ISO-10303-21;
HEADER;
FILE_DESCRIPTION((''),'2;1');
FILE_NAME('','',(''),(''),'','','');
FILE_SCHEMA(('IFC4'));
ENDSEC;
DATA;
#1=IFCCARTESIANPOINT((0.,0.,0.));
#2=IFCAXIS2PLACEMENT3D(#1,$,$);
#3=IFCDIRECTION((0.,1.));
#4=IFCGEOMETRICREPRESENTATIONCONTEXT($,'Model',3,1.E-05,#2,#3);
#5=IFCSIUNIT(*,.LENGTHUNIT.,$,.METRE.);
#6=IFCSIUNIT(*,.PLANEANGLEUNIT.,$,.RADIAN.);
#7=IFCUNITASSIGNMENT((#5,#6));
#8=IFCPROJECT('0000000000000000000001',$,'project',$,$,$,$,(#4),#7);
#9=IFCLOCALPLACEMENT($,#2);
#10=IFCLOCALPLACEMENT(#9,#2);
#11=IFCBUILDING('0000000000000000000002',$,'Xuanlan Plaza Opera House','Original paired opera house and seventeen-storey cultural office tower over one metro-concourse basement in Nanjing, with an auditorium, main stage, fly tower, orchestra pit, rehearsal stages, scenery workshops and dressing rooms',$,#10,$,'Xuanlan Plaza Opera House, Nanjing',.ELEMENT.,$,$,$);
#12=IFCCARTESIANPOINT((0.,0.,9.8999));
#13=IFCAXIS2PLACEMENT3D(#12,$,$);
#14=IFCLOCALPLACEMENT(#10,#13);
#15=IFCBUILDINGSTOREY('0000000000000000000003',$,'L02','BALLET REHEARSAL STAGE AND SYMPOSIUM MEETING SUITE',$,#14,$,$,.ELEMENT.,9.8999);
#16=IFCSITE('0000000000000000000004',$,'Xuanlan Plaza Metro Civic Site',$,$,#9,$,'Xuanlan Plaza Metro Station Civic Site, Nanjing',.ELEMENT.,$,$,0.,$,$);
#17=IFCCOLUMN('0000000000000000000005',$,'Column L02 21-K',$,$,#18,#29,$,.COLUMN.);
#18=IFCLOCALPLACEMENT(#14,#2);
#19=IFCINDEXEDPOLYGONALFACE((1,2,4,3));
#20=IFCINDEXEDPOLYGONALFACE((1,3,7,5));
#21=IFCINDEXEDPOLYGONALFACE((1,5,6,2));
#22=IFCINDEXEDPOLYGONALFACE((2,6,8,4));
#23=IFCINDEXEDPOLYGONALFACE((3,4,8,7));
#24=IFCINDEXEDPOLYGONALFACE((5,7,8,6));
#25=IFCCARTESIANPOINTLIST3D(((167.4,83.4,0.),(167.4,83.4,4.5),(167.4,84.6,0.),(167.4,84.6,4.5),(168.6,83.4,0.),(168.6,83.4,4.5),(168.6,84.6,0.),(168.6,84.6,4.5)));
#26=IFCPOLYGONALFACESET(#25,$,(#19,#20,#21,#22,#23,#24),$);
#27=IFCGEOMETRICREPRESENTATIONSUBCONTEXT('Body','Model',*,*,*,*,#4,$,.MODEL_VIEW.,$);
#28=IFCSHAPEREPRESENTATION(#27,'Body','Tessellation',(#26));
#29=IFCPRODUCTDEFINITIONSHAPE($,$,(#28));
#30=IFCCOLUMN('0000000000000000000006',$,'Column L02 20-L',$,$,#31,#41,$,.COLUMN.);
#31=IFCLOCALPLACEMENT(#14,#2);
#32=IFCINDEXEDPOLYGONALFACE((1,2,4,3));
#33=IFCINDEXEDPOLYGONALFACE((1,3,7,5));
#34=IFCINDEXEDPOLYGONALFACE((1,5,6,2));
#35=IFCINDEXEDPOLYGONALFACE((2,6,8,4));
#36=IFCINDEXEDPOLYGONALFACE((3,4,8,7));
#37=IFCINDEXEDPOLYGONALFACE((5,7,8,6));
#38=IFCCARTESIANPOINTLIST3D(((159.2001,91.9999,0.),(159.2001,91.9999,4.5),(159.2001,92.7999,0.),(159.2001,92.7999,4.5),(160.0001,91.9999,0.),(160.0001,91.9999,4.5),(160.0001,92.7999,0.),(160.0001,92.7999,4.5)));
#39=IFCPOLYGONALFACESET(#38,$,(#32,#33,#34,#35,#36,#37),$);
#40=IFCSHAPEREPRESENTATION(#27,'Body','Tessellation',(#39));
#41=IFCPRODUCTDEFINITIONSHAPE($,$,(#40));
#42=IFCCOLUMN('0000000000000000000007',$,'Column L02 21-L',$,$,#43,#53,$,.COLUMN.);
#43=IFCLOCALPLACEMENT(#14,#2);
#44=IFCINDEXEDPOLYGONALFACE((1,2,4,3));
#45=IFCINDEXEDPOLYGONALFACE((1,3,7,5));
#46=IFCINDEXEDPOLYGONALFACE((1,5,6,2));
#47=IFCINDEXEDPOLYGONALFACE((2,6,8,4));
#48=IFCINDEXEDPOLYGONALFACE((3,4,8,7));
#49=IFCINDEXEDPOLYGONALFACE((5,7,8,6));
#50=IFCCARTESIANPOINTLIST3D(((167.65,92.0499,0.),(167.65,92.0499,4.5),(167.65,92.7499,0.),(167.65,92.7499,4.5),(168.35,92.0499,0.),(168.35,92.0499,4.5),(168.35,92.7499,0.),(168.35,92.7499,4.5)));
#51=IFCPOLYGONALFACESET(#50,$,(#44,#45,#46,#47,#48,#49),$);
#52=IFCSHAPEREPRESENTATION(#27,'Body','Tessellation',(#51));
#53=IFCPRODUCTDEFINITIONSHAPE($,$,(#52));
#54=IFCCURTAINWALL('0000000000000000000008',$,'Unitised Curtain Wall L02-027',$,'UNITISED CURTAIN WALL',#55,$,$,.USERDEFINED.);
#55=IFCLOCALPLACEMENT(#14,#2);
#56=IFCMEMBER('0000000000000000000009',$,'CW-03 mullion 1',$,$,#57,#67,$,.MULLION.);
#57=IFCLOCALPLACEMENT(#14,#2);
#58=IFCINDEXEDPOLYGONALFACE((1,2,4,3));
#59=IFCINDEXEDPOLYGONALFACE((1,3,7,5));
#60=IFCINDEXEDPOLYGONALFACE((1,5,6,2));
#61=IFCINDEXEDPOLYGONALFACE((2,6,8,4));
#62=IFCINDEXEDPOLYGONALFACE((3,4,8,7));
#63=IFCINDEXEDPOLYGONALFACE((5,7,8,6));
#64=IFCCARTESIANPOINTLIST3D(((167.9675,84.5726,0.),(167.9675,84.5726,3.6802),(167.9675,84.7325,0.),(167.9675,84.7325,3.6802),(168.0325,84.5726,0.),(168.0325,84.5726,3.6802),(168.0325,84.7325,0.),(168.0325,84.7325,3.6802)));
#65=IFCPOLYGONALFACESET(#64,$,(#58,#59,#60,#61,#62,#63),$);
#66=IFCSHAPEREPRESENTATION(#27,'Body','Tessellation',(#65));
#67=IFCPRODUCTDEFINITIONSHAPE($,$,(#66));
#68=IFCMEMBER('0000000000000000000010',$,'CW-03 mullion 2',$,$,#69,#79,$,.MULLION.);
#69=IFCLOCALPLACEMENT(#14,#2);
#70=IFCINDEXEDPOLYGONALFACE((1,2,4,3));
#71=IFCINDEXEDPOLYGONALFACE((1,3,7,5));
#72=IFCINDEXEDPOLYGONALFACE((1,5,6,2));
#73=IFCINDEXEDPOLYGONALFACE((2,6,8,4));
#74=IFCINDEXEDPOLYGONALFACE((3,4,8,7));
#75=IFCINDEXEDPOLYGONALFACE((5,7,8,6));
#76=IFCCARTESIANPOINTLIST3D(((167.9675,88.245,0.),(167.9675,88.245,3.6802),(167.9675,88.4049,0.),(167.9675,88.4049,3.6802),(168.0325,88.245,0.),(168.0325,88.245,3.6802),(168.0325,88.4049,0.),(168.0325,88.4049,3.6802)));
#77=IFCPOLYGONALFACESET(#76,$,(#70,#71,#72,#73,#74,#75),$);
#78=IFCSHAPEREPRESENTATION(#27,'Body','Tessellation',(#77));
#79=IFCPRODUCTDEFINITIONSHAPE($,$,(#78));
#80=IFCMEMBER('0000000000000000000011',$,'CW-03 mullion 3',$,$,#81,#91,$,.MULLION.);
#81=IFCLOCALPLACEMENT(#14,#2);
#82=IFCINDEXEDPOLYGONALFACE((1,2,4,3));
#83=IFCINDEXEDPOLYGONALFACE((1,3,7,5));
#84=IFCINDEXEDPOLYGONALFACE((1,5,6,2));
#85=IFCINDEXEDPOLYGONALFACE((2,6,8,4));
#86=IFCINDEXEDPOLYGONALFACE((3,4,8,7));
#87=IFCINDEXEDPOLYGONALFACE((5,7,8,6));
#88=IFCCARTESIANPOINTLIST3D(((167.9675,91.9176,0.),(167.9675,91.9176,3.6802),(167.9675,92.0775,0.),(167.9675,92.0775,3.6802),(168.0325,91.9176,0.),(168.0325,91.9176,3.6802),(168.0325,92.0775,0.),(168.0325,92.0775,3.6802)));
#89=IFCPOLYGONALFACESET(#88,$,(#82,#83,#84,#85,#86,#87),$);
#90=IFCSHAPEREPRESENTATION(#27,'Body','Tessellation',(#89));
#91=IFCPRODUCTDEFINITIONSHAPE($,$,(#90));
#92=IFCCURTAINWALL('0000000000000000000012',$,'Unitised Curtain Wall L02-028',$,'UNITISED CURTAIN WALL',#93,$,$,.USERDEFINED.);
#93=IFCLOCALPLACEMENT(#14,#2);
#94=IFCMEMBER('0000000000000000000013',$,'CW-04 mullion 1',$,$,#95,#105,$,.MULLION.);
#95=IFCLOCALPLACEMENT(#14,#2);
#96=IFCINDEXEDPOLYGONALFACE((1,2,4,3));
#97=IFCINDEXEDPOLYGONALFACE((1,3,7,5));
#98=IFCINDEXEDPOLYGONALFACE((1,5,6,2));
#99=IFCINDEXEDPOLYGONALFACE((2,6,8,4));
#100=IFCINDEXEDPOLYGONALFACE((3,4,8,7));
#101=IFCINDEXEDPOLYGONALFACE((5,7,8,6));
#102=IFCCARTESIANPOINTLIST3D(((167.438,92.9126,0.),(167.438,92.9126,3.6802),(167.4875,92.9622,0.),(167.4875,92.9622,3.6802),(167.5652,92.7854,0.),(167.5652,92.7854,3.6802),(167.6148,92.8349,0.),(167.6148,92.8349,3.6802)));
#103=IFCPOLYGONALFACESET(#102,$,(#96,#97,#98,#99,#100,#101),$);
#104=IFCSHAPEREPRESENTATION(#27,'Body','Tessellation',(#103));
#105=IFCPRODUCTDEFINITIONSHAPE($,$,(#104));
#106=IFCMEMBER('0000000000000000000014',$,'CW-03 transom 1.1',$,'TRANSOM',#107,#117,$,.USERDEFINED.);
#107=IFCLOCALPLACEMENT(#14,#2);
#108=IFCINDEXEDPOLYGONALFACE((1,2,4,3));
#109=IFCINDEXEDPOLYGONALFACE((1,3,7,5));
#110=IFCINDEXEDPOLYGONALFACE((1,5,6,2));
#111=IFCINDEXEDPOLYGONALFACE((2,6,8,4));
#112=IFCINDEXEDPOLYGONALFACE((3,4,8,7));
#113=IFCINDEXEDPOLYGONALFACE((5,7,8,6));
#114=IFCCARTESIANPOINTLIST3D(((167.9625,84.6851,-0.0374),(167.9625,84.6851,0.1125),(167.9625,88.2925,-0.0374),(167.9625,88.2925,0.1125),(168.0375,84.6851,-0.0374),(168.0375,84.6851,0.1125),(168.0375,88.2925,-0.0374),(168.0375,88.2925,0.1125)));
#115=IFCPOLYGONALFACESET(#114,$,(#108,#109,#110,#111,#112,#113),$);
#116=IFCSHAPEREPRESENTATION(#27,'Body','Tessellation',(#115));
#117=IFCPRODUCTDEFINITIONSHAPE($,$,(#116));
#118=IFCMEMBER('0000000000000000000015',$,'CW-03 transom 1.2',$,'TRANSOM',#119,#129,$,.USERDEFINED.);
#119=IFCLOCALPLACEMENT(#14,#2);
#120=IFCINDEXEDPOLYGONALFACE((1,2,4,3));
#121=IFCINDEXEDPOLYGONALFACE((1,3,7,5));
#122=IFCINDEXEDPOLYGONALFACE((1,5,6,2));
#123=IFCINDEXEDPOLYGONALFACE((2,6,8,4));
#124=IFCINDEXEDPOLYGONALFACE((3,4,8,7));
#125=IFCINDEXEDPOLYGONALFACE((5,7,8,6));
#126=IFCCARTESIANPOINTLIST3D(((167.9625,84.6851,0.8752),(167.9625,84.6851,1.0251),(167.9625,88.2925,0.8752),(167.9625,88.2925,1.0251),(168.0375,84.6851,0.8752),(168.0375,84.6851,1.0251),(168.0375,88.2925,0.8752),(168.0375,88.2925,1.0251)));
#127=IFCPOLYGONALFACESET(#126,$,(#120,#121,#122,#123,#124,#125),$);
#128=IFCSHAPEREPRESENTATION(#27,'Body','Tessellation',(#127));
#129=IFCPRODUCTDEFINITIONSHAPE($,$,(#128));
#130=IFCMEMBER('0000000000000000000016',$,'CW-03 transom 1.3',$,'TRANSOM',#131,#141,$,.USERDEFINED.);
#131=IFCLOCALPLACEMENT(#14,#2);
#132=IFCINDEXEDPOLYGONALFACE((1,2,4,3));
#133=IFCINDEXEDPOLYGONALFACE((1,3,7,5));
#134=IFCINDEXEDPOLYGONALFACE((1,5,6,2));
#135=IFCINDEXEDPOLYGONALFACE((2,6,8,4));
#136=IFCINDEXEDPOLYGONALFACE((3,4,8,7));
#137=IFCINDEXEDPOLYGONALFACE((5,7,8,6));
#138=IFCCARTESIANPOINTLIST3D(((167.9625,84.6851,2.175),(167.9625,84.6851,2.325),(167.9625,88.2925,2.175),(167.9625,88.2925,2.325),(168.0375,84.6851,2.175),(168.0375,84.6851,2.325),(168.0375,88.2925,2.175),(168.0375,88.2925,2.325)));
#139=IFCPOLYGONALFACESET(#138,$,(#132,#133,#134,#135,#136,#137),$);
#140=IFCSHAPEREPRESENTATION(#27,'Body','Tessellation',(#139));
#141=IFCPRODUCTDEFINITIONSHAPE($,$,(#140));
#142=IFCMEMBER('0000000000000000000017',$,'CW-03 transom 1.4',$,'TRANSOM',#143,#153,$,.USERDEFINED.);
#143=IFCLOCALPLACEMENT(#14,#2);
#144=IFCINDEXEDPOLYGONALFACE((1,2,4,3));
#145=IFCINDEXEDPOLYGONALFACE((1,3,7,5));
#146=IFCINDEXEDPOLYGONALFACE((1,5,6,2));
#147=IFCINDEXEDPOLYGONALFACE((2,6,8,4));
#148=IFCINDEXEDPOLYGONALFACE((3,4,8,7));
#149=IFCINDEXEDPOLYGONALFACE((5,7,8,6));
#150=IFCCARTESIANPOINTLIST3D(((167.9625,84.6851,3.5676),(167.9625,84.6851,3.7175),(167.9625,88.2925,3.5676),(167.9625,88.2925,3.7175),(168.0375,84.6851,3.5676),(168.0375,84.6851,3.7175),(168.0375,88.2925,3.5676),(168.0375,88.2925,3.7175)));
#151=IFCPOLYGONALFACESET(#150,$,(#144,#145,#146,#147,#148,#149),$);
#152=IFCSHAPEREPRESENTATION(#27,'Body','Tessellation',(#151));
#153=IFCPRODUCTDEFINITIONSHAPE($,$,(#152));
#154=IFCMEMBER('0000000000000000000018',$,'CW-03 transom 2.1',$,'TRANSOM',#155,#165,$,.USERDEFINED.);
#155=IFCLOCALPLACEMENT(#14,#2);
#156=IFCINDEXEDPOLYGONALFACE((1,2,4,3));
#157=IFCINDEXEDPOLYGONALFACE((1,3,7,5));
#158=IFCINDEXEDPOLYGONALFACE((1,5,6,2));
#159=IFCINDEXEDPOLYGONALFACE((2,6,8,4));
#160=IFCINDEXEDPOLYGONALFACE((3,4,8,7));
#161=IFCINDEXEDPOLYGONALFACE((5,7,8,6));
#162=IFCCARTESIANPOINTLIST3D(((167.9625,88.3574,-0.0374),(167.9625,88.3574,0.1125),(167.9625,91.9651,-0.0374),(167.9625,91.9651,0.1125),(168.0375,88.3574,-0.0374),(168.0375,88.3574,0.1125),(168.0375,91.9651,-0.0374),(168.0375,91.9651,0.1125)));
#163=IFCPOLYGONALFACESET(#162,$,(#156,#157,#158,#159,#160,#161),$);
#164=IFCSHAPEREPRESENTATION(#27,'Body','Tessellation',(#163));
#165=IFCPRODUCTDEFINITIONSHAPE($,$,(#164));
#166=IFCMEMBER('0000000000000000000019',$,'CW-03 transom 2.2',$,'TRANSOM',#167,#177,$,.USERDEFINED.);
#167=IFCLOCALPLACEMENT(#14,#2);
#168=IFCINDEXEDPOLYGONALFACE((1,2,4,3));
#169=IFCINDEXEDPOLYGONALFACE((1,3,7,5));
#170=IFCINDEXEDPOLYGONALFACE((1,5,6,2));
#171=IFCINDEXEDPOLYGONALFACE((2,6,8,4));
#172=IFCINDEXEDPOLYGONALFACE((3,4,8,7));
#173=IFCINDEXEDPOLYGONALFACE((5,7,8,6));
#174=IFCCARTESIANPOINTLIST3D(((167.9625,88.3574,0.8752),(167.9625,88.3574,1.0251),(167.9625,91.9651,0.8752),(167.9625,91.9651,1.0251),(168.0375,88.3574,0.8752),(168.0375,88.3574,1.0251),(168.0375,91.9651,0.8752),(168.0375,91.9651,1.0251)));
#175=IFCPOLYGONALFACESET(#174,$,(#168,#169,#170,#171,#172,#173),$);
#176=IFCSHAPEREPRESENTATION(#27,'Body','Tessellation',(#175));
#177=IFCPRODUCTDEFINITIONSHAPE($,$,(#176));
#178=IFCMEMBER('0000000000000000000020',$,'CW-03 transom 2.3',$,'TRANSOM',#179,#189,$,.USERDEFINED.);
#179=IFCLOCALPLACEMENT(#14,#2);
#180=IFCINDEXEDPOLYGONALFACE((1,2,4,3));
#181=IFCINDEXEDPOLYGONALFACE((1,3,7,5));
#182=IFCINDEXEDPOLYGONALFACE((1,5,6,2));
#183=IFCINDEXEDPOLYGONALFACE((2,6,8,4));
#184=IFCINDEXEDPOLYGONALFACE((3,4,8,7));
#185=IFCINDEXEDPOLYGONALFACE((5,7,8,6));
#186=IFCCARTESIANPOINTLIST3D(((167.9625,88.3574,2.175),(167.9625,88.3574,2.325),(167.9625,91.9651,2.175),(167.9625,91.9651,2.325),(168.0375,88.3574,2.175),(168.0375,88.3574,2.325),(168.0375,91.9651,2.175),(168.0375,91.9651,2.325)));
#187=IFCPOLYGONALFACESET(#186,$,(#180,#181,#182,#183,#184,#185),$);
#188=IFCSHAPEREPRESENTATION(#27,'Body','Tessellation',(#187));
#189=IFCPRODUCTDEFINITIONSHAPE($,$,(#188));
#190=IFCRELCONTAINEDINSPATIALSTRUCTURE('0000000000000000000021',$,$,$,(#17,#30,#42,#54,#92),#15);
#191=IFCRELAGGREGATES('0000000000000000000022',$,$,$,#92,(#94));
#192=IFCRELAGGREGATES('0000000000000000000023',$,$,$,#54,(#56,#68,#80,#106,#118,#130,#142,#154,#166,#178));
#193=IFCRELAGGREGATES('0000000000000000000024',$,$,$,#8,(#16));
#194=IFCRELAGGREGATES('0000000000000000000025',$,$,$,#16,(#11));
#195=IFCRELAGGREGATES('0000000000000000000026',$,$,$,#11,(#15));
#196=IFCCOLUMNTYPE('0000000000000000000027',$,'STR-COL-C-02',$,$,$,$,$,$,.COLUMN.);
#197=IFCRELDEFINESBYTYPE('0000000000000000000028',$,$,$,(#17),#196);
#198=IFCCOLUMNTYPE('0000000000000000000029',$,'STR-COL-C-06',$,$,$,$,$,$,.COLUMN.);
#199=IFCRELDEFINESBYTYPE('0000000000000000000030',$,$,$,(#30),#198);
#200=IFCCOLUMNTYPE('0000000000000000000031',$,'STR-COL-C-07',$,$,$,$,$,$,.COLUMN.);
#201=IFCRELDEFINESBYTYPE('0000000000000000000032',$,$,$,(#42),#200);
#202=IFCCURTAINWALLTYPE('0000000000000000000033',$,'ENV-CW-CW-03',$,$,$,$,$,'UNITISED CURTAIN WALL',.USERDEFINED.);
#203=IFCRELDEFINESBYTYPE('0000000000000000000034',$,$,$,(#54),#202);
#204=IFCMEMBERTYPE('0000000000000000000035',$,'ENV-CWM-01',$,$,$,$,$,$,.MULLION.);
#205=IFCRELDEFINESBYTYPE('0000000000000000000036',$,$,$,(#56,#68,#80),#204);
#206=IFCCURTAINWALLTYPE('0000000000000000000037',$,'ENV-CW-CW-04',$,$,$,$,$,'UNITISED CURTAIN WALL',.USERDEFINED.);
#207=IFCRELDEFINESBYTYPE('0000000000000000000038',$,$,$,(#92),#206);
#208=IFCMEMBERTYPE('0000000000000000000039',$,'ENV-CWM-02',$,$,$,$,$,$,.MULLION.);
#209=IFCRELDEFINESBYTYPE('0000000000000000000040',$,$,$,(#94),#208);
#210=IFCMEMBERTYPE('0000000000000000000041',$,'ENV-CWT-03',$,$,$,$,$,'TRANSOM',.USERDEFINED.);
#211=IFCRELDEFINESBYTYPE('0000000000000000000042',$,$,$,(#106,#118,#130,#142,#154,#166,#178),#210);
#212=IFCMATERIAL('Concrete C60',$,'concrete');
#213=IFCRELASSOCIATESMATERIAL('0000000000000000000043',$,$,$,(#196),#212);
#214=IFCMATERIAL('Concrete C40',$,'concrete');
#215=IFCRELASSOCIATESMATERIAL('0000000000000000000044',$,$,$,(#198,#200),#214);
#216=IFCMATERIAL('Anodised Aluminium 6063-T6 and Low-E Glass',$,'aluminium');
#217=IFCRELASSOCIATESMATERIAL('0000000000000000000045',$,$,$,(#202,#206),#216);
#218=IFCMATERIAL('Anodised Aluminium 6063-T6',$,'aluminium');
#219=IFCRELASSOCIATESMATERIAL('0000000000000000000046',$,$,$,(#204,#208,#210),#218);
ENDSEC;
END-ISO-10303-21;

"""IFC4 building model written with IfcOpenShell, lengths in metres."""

from ifc_helpers import new_model, si_unit, direction, frame, origin, origin_2d, place, context, subcontext, project, spatial, rectangle, extrude, material, material_profile, profile_set, type_object, element, aggregate, save


model = new_model("IFC4")

# Units and contexts
model_context = context("Model", 3, precision=1e-05, world=origin(), true_north=direction((0.0, 1.0)))
body_context = subcontext(model_context, "Body", "Model", "MODEL_VIEW")
ifc_project = project(units=[si_unit("LENGTHUNIT", "METRE"), si_unit("PLANEANGLEUNIT", "RADIAN")], contexts=[model_context])

# Site, building, storey
site_placement = place(None, origin())
site = spatial("IfcSite", under=ifc_project, at=site_placement, Name="Xuanlan Plaza Metro Civic Site", LongName="Xuanlan Plaza Metro Station Civic Site, Nanjing", CompositionType="ELEMENT", RefElevation=0.0)
building_placement = place(site_placement, origin())
building = spatial("IfcBuilding", under=site, at=building_placement, Name="Xuanlan Plaza Opera House", Description="Original paired opera house and seventeen-storey cultural office tower over one metro-concourse basement in Nanjing, with an auditorium, main stage, fly tower, orchestra pit, rehearsal stages, scenery workshops and dressing rooms", LongName="Xuanlan Plaza Opera House, Nanjing", CompositionType="ELEMENT")
storey_placement = place(building_placement, frame((0.0, 0.0, 9.8999)))
storey = spatial("IfcBuildingStorey", under=building, at=storey_placement, Name="L02", Description="BALLET REHEARSAL STAGE AND SYMPOSIUM MEETING SUITE", CompositionType="ELEMENT", Elevation=9.8999)

# Columns
ifc_material_1 = material(Name="Concrete C60", Category="concrete")
ifc_material_profile_1 = material_profile(ifc_material_1, rectangle(XDim=1.2, YDim=1.2, at=origin_2d()), Name="RC-COL 1200x1200")
ifc_profile_set_1 = profile_set([ifc_material_profile_1], Name="Concrete C60")
column_type_1 = type_object("IfcColumnType", Name="STR-COL-C-02", PredefinedType="COLUMN", material=ifc_profile_set_1)
column_1_placement = place(storey_placement, frame((168.0, 84.0, 0.0), z_axis=(0.0, 0.0, 1.0), x_axis=(1.0, 0.0, 0.0)))
element("IfcColumn", 1, at=column_1_placement, inside=storey, type_object=column_type_1, Name="Column L02 21-K", PredefinedType="COLUMN", context=body_context, shape_type="SweptSolid", body=[
    extrude(rectangle(XDim=1.2, YDim=1.2, at=origin_2d()), origin(), (0.0, 0.0, 1.0), 4.5),
])
ifc_material_2 = material(Name="Concrete C40", Category="concrete")
ifc_material_profile_2 = material_profile(ifc_material_2, rectangle(XDim=0.8, YDim=0.8, at=origin_2d()), Name="RC-COL 800x800")
ifc_profile_set_2 = profile_set([ifc_material_profile_2], Name="Concrete C40")
column_type_2 = type_object("IfcColumnType", Name="STR-COL-C-06", PredefinedType="COLUMN", material=ifc_profile_set_2)
column_2_placement = place(storey_placement, frame((159.6001, 92.3999, 0.0), z_axis=(0.0, 0.0, 1.0), x_axis=(1.0, 0.0, 0.0)))
element("IfcColumn", 2, at=column_2_placement, inside=storey, type_object=column_type_2, Name="Column L02 20-L", PredefinedType="COLUMN", context=body_context, shape_type="SweptSolid", body=[
    extrude(rectangle(XDim=0.8, YDim=0.8, at=origin_2d()), origin(), (0.0, 0.0, 1.0), 4.5),
])
ifc_material_profile_3 = material_profile(ifc_material_2, rectangle(XDim=0.7, YDim=0.7, at=origin_2d()), Name="RC-COL 700x700")
ifc_profile_set_3 = profile_set([ifc_material_profile_3], Name="Concrete C40")
column_type_3 = type_object("IfcColumnType", Name="STR-COL-C-07", PredefinedType="COLUMN", material=ifc_profile_set_3)
column_3_placement = place(storey_placement, frame((168.0, 92.3999, 0.0), z_axis=(0.0, 0.0, 1.0), x_axis=(1.0, 0.0, 0.0)))
element("IfcColumn", 3, at=column_3_placement, inside=storey, type_object=column_type_3, Name="Column L02 21-L", PredefinedType="COLUMN", context=body_context, shape_type="SweptSolid", body=[
    extrude(rectangle(XDim=0.7, YDim=0.7, at=origin_2d()), origin(), (0.0, 0.0, 1.0), 4.5),
])

# Curtain wall, members
ifc_material_3 = material(Name="Anodised Aluminium 6063-T6 and Low-E Glass", Category="aluminium")
curtain_wall_type_1 = type_object("IfcCurtainWallType", Name="ENV-CW-CW-03", ElementType="UNITISED CURTAIN WALL", PredefinedType="USERDEFINED", material=ifc_material_3)
curtain_wall_1_placement = place(storey_placement, origin())
curtain_wall_1 = element("IfcCurtainWall", 4, at=curtain_wall_1_placement, inside=storey, type_object=curtain_wall_type_1, Name="Unitised Curtain Wall L02-027", ObjectType="UNITISED CURTAIN WALL", PredefinedType="USERDEFINED")
ifc_material_4 = material(Name="Anodised Aluminium 6063-T6", Category="aluminium")
ifc_material_profile_4 = material_profile(ifc_material_4, rectangle(XDim=0.0649, YDim=0.1599, at=origin_2d()), Name="ALU-M 65x160")
ifc_profile_set_4 = profile_set([ifc_material_profile_4], Name="Anodised Aluminium 6063-T6")
member_type_1 = type_object("IfcMemberType", Name="ENV-CWM-01", PredefinedType="MULLION", material=ifc_profile_set_4)
member_1_placement = place(storey_placement, frame((168.0, 84.6526, 0.0), z_axis=(0.0, 0.0, 1.0), x_axis=(-1.0, 0.0, 0.0)))
member_1 = element("IfcMember", 5, at=member_1_placement, type_object=member_type_1, Name="CW-03 mullion 1", PredefinedType="MULLION", context=body_context, shape_type="SweptSolid", body=[
    extrude(rectangle(XDim=0.0649, YDim=0.1599, at=origin_2d()), origin(), (0.0, 0.0, 1.0), 3.6802),
])
member_2_placement = place(storey_placement, frame((168.0, 88.325, 0.0), z_axis=(0.0, 0.0, 1.0), x_axis=(-1.0, 0.0, 0.0)))
member_2 = element("IfcMember", 6, at=member_2_placement, type_object=member_type_1, Name="CW-03 mullion 2", PredefinedType="MULLION", context=body_context, shape_type="SweptSolid", body=[
    extrude(rectangle(XDim=0.0649, YDim=0.1599, at=origin_2d()), origin(), (0.0, 0.0, 1.0), 3.6802),
])
member_3_placement = place(storey_placement, frame((168.0, 91.9976, 0.0), z_axis=(0.0, 0.0, 1.0), x_axis=(-1.0, 0.0, 0.0)))
member_3 = element("IfcMember", 7, at=member_3_placement, type_object=member_type_1, Name="CW-03 mullion 3", PredefinedType="MULLION", context=body_context, shape_type="SweptSolid", body=[
    extrude(rectangle(XDim=0.0649, YDim=0.1599, at=origin_2d()), origin(), (0.0, 0.0, 1.0), 3.6802),
])

# Curtain wall, member
curtain_wall_type_2 = type_object("IfcCurtainWallType", Name="ENV-CW-CW-04", ElementType="UNITISED CURTAIN WALL", PredefinedType="USERDEFINED", material=ifc_material_3)
curtain_wall_2_placement = place(storey_placement, origin())
curtain_wall_2 = element("IfcCurtainWall", 8, at=curtain_wall_2_placement, inside=storey, type_object=curtain_wall_type_2, Name="Unitised Curtain Wall L02-028", ObjectType="UNITISED CURTAIN WALL", PredefinedType="USERDEFINED")
ifc_material_profile_5 = material_profile(ifc_material_4, rectangle(XDim=0.0701, YDim=0.1799, at=origin_2d()), Name="ALU-M 70x180")
ifc_profile_set_5 = profile_set([ifc_material_profile_5], Name="Anodised Aluminium 6063-T6")
member_type_2 = type_object("IfcMemberType", Name="ENV-CWM-02", PredefinedType="MULLION", material=ifc_profile_set_5)
member_4_placement = place(storey_placement, frame((167.5264, 92.8738, 0.0), z_axis=(0.0, 0.0, 1.0), x_axis=(-0.707107, -0.707107, 0.0)))
member_4 = element("IfcMember", 9, at=member_4_placement, type_object=member_type_2, Name="CW-04 mullion 1", PredefinedType="MULLION", context=body_context, shape_type="SweptSolid", body=[
    extrude(rectangle(XDim=0.0701, YDim=0.1799, at=origin_2d()), origin(), (0.0, 0.0, 1.0), 3.6802),
])

# Members
ifc_material_profile_6 = material_profile(ifc_material_4, rectangle(XDim=0.075, YDim=0.1499, at=origin_2d()), Name="ALU-T 75x150")
ifc_profile_set_6 = profile_set([ifc_material_profile_6], Name="Anodised Aluminium 6063-T6")
member_type_3 = type_object("IfcMemberType", Name="ENV-CWT-03", ElementType="TRANSOM", PredefinedType="USERDEFINED", material=ifc_profile_set_6)
member_5_placement = place(storey_placement, frame((168.0, 84.6851, 0.0376), z_axis=(0.0, 1.0, 0.0), x_axis=(-1.0, 0.0, 0.0)))
member_5 = element("IfcMember", 10, at=member_5_placement, type_object=member_type_3, Name="CW-03 transom 1.1", ObjectType="TRANSOM", PredefinedType="USERDEFINED", context=body_context, shape_type="SweptSolid", body=[
    extrude(rectangle(XDim=0.075, YDim=0.1499, at=origin_2d()), origin(), (0.0, 0.0, 1.0), 3.6074),
])
member_6_placement = place(storey_placement, frame((168.0, 84.6851, 0.9502), z_axis=(0.0, 1.0, 0.0), x_axis=(-1.0, 0.0, 0.0)))
member_6 = element("IfcMember", 11, at=member_6_placement, type_object=member_type_3, Name="CW-03 transom 1.2", ObjectType="TRANSOM", PredefinedType="USERDEFINED", context=body_context, shape_type="SweptSolid", body=[
    extrude(rectangle(XDim=0.075, YDim=0.1499, at=origin_2d()), origin(), (0.0, 0.0, 1.0), 3.6074),
])
member_7_placement = place(storey_placement, frame((168.0, 84.6851, 2.25), z_axis=(0.0, 1.0, 0.0), x_axis=(-1.0, 0.0, 0.0)))
member_7 = element("IfcMember", 12, at=member_7_placement, type_object=member_type_3, Name="CW-03 transom 1.3", ObjectType="TRANSOM", PredefinedType="USERDEFINED", context=body_context, shape_type="SweptSolid", body=[
    extrude(rectangle(XDim=0.075, YDim=0.1499, at=origin_2d()), origin(), (0.0, 0.0, 1.0), 3.6074),
])
member_8_placement = place(storey_placement, frame((168.0, 84.6851, 3.6426), z_axis=(0.0, 1.0, 0.0), x_axis=(-1.0, 0.0, 0.0)))
member_8 = element("IfcMember", 13, at=member_8_placement, type_object=member_type_3, Name="CW-03 transom 1.4", ObjectType="TRANSOM", PredefinedType="USERDEFINED", context=body_context, shape_type="SweptSolid", body=[
    extrude(rectangle(XDim=0.075, YDim=0.1499, at=origin_2d()), origin(), (0.0, 0.0, 1.0), 3.6074),
])
member_9_placement = place(storey_placement, frame((168.0, 88.3574, 0.0376), z_axis=(0.0, 1.0, 0.0), x_axis=(-1.0, 0.0, 0.0)))
member_9 = element("IfcMember", 14, at=member_9_placement, type_object=member_type_3, Name="CW-03 transom 2.1", ObjectType="TRANSOM", PredefinedType="USERDEFINED", context=body_context, shape_type="SweptSolid", body=[
    extrude(rectangle(XDim=0.075, YDim=0.1499, at=origin_2d()), origin(), (0.0, 0.0, 1.0), 3.6077),
])
member_10_placement = place(storey_placement, frame((168.0, 88.3574, 0.9502), z_axis=(0.0, 1.0, 0.0), x_axis=(-1.0, 0.0, 0.0)))
member_10 = element("IfcMember", 15, at=member_10_placement, type_object=member_type_3, Name="CW-03 transom 2.2", ObjectType="TRANSOM", PredefinedType="USERDEFINED", context=body_context, shape_type="SweptSolid", body=[
    extrude(rectangle(XDim=0.075, YDim=0.1499, at=origin_2d()), origin(), (0.0, 0.0, 1.0), 3.6077),
])
member_11_placement = place(storey_placement, frame((168.0, 88.3574, 2.25), z_axis=(0.0, 1.0, 0.0), x_axis=(-1.0, 0.0, 0.0)))
member_11 = element("IfcMember", 16, at=member_11_placement, type_object=member_type_3, Name="CW-03 transom 2.3", ObjectType="TRANSOM", PredefinedType="USERDEFINED", context=body_context, shape_type="SweptSolid", body=[
    extrude(rectangle(XDim=0.075, YDim=0.1499, at=origin_2d()), origin(), (0.0, 0.0, 1.0), 3.6077),
])
aggregate(curtain_wall_2, [member_4])

aggregate(curtain_wall_1, [member_1, member_2, member_3, member_5, member_6, member_7, member_8, member_9, member_10, member_11])

save(model, "model.ifc")
